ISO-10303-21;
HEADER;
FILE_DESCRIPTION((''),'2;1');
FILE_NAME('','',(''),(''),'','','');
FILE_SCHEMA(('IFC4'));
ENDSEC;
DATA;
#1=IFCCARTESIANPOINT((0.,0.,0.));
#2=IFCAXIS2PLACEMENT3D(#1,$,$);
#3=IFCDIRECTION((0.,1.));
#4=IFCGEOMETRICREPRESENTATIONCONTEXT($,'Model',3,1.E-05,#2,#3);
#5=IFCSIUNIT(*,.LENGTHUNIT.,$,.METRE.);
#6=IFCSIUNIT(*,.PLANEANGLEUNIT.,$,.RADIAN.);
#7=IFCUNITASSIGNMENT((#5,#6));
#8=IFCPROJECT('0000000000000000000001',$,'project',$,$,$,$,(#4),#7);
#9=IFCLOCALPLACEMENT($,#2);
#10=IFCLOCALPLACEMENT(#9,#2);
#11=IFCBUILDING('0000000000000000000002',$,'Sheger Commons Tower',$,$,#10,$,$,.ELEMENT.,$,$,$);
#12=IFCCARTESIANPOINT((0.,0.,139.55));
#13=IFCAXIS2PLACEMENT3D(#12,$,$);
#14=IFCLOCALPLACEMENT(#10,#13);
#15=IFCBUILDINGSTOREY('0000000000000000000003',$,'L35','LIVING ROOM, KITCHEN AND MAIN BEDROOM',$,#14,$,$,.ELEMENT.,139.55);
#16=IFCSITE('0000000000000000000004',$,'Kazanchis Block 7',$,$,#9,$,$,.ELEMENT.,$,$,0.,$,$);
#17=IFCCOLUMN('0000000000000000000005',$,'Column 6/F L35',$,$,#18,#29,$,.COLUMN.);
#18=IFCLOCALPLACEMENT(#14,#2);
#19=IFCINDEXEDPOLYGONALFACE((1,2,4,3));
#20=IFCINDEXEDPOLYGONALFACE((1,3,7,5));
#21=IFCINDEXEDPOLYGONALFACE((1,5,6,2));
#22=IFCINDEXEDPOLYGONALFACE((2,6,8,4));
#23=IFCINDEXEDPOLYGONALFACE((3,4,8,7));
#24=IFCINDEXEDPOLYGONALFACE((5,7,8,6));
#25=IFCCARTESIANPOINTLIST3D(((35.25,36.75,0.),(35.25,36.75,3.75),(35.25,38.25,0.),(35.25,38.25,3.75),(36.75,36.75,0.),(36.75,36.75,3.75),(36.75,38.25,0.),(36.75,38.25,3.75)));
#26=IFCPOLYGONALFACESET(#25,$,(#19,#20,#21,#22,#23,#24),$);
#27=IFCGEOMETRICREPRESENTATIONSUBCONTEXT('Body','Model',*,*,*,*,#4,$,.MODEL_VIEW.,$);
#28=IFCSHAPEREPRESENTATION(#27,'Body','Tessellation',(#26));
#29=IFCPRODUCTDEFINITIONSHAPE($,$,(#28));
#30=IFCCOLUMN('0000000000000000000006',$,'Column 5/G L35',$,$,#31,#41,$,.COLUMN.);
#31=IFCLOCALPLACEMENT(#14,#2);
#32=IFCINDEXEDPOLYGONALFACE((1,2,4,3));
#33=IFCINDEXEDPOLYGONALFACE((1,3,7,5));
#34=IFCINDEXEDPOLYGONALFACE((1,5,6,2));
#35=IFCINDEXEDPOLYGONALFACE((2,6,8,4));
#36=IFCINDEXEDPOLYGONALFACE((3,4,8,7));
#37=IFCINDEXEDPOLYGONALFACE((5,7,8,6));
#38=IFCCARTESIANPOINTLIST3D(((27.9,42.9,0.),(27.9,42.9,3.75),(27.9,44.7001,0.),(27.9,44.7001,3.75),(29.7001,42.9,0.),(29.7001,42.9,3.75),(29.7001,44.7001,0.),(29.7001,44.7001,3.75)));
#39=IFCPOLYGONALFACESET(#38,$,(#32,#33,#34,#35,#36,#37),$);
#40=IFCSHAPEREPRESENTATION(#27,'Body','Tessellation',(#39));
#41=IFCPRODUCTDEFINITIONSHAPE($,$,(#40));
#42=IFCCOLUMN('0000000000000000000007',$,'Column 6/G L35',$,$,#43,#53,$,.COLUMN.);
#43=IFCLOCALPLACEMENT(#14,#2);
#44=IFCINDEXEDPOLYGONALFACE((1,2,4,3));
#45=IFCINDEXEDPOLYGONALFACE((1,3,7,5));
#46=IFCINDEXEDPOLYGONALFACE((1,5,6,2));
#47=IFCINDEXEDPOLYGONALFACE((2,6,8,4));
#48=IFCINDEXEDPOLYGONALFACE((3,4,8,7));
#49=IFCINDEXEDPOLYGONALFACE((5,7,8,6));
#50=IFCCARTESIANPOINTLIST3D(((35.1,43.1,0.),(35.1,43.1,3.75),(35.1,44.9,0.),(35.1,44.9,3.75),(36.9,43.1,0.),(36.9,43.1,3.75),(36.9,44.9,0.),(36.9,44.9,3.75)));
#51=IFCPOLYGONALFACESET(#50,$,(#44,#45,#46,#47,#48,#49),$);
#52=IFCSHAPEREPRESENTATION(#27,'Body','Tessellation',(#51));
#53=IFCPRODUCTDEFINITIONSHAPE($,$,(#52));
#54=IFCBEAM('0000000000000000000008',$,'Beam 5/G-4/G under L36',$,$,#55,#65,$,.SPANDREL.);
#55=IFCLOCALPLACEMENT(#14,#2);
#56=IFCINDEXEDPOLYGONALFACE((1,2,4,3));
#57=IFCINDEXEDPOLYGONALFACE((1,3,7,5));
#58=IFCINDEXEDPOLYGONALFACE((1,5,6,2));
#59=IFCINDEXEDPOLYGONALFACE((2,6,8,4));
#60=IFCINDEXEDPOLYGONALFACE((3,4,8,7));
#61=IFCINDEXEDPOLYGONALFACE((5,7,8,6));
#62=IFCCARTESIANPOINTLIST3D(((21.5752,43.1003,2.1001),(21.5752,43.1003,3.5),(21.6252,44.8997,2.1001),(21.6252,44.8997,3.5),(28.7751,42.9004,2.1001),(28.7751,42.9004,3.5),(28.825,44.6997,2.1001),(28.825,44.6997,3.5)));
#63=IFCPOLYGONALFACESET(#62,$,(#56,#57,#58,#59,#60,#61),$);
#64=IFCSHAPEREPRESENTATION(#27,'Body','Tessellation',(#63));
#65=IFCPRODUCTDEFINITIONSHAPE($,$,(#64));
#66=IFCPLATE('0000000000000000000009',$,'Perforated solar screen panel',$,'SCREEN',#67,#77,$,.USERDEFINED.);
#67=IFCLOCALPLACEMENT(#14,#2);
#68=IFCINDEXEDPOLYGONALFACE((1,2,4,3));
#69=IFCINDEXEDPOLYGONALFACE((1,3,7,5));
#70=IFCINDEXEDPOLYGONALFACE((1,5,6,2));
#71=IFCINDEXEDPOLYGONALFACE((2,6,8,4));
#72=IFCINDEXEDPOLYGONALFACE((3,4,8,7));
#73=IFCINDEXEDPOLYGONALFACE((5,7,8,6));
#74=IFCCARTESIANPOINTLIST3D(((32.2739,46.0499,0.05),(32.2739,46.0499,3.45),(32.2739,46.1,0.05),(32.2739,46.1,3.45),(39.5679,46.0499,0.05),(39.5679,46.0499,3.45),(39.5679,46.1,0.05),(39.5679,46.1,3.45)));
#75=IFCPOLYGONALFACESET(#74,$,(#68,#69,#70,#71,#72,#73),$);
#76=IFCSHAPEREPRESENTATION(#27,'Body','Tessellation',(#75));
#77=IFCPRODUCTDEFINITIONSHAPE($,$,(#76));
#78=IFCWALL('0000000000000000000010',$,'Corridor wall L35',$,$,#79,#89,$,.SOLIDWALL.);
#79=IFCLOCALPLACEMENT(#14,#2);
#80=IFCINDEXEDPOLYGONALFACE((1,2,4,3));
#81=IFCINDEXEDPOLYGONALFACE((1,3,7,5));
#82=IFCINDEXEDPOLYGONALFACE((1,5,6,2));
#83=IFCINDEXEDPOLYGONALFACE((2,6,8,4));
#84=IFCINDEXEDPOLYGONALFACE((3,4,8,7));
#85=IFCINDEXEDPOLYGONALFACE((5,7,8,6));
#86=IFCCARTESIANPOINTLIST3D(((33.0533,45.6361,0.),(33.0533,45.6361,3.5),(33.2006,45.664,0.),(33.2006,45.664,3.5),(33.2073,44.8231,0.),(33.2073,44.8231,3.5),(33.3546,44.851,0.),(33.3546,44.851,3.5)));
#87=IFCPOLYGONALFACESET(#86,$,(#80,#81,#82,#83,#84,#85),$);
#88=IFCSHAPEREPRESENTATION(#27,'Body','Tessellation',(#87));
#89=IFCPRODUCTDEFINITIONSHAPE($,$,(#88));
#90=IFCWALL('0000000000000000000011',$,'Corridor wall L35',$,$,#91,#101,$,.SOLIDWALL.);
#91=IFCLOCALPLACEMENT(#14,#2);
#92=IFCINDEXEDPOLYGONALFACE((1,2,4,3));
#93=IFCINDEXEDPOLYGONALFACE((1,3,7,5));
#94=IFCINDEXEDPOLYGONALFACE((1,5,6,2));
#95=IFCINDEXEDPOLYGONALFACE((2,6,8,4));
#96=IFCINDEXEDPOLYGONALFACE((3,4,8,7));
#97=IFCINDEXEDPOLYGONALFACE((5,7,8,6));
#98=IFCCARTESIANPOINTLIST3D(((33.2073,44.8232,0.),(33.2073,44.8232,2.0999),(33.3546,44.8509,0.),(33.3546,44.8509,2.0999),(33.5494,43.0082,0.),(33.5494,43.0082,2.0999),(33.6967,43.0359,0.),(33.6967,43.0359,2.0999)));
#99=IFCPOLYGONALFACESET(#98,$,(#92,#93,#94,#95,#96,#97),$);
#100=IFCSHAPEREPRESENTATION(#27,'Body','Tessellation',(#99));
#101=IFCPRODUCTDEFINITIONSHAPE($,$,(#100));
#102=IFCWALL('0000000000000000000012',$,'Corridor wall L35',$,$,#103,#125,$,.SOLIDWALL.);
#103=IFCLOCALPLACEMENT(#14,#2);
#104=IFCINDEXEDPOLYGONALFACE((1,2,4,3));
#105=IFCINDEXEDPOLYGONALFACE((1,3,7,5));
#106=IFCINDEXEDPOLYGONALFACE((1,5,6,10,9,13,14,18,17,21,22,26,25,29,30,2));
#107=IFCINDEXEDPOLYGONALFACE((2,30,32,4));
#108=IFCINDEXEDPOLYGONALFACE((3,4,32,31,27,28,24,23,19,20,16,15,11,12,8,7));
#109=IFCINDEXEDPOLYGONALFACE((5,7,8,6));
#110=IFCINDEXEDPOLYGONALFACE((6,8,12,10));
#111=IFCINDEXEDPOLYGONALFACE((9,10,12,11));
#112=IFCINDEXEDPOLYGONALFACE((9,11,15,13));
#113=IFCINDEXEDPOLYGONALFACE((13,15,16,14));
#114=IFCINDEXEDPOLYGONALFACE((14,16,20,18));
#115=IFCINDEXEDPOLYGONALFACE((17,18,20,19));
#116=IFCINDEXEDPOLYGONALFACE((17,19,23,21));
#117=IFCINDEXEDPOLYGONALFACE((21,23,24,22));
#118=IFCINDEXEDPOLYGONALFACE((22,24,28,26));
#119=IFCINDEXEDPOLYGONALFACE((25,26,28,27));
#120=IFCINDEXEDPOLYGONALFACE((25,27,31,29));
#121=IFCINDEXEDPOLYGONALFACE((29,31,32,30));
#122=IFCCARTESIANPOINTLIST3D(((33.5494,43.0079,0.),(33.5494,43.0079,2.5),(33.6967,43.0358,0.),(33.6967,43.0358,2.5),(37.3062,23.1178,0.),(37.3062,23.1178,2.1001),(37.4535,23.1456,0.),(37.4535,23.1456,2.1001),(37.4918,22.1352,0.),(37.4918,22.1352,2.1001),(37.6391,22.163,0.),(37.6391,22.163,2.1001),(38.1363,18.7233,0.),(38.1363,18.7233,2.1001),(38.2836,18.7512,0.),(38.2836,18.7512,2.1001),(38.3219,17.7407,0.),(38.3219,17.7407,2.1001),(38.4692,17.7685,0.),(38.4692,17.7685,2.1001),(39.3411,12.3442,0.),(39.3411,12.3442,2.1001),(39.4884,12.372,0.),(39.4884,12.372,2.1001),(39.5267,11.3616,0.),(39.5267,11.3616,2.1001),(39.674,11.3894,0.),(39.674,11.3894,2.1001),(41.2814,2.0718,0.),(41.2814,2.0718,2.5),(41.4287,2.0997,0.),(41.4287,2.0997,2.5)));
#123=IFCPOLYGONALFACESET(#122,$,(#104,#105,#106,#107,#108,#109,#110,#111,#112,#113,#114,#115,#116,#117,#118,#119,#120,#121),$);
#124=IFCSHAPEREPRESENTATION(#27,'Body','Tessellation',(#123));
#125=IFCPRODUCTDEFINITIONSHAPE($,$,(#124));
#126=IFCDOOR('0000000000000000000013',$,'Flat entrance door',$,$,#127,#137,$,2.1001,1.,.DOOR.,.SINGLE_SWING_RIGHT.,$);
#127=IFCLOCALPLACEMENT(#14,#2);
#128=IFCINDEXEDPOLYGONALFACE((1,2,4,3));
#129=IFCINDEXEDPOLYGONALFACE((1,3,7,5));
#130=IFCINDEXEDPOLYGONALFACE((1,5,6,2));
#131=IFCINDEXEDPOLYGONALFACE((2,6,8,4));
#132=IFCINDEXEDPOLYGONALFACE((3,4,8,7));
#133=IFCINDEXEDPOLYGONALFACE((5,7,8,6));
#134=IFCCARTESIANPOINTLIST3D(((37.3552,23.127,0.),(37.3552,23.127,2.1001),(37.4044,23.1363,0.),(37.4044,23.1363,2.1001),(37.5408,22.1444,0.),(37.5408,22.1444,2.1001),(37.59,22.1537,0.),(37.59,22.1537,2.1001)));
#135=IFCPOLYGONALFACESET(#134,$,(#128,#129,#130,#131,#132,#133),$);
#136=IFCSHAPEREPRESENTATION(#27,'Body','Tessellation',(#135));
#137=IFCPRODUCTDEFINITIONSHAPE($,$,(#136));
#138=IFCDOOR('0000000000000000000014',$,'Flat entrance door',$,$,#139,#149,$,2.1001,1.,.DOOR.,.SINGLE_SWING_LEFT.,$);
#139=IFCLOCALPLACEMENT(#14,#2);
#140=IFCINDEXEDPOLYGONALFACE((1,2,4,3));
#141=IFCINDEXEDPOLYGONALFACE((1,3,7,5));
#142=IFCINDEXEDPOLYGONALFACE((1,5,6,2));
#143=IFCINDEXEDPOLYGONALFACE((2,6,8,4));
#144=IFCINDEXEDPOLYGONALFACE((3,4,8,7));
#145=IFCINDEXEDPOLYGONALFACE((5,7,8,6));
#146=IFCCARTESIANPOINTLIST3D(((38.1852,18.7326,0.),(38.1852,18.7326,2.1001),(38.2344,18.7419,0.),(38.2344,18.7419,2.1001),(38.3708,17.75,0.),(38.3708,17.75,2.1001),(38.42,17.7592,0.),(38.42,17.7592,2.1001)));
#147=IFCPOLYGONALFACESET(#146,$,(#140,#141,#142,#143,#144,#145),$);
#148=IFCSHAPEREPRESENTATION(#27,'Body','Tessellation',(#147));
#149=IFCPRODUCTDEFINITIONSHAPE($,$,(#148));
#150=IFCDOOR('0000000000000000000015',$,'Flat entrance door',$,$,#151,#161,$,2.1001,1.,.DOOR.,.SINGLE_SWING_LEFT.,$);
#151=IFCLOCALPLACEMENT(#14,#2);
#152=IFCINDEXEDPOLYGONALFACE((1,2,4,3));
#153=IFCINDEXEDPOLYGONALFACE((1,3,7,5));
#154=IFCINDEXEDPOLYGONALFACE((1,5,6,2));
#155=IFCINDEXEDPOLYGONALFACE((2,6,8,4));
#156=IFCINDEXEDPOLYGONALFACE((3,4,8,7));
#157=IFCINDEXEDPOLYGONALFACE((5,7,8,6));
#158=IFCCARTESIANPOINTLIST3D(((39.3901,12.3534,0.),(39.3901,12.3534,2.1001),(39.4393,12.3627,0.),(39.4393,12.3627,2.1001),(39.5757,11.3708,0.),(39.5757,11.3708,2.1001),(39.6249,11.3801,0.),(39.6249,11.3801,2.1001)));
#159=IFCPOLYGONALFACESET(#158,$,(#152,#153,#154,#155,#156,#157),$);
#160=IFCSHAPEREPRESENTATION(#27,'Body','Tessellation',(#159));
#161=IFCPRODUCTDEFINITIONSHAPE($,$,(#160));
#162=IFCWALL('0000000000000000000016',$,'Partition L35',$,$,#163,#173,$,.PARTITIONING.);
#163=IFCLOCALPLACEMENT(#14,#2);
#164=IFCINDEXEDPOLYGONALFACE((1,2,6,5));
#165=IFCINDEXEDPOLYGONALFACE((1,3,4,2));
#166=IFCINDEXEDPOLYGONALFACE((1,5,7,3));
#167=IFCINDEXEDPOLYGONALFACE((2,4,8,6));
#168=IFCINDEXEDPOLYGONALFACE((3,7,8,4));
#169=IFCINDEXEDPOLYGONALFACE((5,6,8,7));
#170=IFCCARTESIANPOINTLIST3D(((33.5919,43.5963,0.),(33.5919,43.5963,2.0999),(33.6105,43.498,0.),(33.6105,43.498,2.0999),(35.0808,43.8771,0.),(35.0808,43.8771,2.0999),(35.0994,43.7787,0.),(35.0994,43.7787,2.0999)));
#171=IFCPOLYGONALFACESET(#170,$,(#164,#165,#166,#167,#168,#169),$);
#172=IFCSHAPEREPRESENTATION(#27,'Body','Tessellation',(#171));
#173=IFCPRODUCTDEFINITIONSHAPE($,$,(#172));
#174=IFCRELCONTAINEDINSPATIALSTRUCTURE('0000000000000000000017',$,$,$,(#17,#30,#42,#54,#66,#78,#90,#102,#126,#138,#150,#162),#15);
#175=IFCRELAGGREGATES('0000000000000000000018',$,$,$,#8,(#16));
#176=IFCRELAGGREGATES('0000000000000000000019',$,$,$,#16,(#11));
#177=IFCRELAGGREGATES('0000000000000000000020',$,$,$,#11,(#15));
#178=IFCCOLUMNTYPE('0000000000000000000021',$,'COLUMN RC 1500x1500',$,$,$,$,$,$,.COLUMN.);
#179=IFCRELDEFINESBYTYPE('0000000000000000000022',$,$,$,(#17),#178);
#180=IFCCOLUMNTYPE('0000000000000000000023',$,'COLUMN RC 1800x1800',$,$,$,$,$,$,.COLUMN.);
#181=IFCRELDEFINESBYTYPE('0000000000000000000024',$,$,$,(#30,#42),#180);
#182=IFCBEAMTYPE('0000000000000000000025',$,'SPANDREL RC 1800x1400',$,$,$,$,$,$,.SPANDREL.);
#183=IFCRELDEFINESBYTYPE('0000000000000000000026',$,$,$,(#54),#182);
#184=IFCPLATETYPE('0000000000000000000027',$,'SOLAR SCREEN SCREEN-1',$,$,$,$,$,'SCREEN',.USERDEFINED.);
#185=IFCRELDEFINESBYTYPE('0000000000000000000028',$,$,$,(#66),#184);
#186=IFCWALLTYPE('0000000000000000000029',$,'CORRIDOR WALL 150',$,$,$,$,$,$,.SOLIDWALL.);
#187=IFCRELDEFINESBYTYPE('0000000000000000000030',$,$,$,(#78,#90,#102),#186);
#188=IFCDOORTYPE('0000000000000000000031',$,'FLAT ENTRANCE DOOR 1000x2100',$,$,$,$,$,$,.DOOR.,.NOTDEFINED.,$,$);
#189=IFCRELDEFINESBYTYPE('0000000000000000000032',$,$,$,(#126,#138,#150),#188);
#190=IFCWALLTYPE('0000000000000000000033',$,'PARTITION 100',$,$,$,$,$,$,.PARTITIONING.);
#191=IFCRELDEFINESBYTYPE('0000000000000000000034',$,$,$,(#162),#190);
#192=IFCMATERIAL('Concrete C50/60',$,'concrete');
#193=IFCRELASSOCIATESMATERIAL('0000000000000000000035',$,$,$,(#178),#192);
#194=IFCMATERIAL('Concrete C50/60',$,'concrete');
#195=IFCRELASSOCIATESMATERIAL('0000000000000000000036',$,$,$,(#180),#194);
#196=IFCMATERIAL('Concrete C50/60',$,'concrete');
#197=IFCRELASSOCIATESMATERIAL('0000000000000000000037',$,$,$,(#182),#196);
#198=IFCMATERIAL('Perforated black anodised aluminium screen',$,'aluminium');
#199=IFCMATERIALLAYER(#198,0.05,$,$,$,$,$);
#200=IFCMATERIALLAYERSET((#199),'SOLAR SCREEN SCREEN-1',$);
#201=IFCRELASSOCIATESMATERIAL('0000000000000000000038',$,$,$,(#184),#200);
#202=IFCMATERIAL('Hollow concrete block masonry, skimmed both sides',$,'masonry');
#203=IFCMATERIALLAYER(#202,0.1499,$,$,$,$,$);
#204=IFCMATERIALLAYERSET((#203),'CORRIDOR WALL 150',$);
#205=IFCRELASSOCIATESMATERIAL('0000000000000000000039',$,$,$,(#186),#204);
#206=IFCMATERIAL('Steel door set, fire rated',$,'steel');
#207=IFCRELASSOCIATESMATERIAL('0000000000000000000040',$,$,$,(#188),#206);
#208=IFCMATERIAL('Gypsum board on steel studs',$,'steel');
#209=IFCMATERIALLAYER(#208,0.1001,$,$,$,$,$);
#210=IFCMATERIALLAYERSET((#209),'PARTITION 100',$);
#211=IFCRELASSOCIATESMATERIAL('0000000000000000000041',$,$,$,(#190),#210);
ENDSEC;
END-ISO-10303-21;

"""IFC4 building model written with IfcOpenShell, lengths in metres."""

from ifc_helpers import new_model, si_unit, direction, frame, frame_2d, origin, origin_2d, place, context, subcontext, project, spatial, rectangle, extrude, material, layer, layer_set, material_profile, profile_set, type_object, element, fill, save


model = new_model("IFC4")

# Units and contexts
model_context = context("Model", 3, precision=1e-05, world=origin(), true_north=direction((0.0, 1.0)))
body_context = subcontext(model_context, "Body", "Model", "MODEL_VIEW")
ifc_project = project(units=[si_unit("LENGTHUNIT", "METRE"), si_unit("PLANEANGLEUNIT", "RADIAN")], contexts=[model_context])

# Site, building, storey
site_placement = place(None, origin())
site = spatial("IfcSite", under=ifc_project, at=site_placement, Name="Kazanchis Block 7", CompositionType="ELEMENT", RefElevation=0.0)
building_placement = place(site_placement, origin())
building = spatial("IfcBuilding", under=site, at=building_placement, Name="Sheger Commons Tower", CompositionType="ELEMENT")
storey_placement = place(building_placement, frame((0.0, 0.0, 139.55)))
storey = spatial("IfcBuildingStorey", under=building, at=storey_placement, Name="L35", Description="LIVING ROOM, KITCHEN AND MAIN BEDROOM", CompositionType="ELEMENT", Elevation=139.55)

# Columns
ifc_material_1 = material(Name="Concrete C50/60", Category="concrete")
ifc_material_profile_1 = material_profile(ifc_material_1, rectangle(XDim=1.5, YDim=1.5, at=origin_2d()), Name="RC 1500x1500")
ifc_profile_set_1 = profile_set([ifc_material_profile_1], Name="Concrete C50/60")
column_type_1 = type_object("IfcColumnType", Name="COLUMN RC 1500x1500", PredefinedType="COLUMN", material=ifc_profile_set_1)
column_placement = place(storey_placement, frame((36.0, 37.5, 0.0), z_axis=(0.0, 0.0, 1.0), x_axis=(1.0, 0.0, 0.0)))
element("IfcColumn", 1, at=column_placement, inside=storey, type_object=column_type_1, Name="Column 6/F L35", PredefinedType="COLUMN", context=body_context, shape_type="SweptSolid", body=[
    extrude(rectangle(XDim=1.5, YDim=1.5, at=origin_2d()), origin(), (0.0, 0.0, 1.0), 3.75),
])
ifc_material_2 = material(Name="Concrete C50/60", Category="concrete")
ifc_material_profile_2 = material_profile(ifc_material_2, rectangle(XDim=1.8, YDim=1.8, at=origin_2d()), Name="RC 1800x1800")
ifc_profile_set_2 = profile_set([ifc_material_profile_2], Name="Concrete C50/60")
column_type_2 = type_object("IfcColumnType", Name="COLUMN RC 1800x1800", PredefinedType="COLUMN", material=ifc_profile_set_2)
for number, where, z_axis, x_axis, name in (
    (2, (28.8, 43.8, 0.0), (0.0, 0.0, 1.0), (1.0, 0.0, 0.0), "Column 5/G L35"),
    (3, (36.0, 44.0, 0.0), (0.0, 0.0, 1.0), (1.0, 0.0, 0.0), "Column 6/G L35"),
):
    element("IfcColumn", number, at=place(storey_placement, frame(where, z_axis=z_axis, x_axis=x_axis)), inside=storey, type_object=column_type_2, Name=name, PredefinedType="COLUMN", context=body_context, shape_type="SweptSolid", body=[
        extrude(rectangle(XDim=1.8, YDim=1.8, at=origin_2d()), origin(), (0.0, 0.0, 1.0), 3.75),
    ])

# Beam
ifc_material_3 = material(Name="Concrete C50/60", Category="concrete")
ifc_material_profile_3 = material_profile(ifc_material_3, rectangle(XDim=1.8, YDim=1.3999, at=origin_2d()), Name="RC 1800x1400")
ifc_profile_set_3 = profile_set([ifc_material_profile_3], Name="Concrete C50/60")
beam_type = type_object("IfcBeamType", Name="SPANDREL RC 1800x1400", PredefinedType="SPANDREL", material=ifc_profile_set_3)
beam_placement = place(storey_placement, frame((28.8, 43.8, 2.8), z_axis=(-0.999615, 0.02776, 0.0), x_axis=(-0.02776, -0.999615, 0.0)))
element("IfcBeam", 4, at=beam_placement, inside=storey, type_object=beam_type, Name="Beam 5/G-4/G under L36", PredefinedType="SPANDREL", context=body_context, shape_type="SweptSolid", body=[
    extrude(rectangle(XDim=1.8, YDim=1.3999, at=origin_2d()), origin(), (0.0, 0.0, 1.0), 7.2026),
])

# Plate
ifc_material_4 = material(Name="Perforated black anodised aluminium screen", Category="aluminium")
ifc_layer_1 = layer(ifc_material_4, 0.05)
ifc_layer_set_1 = layer_set([ifc_layer_1], Name="SOLAR SCREEN SCREEN-1")
plate_type = type_object("IfcPlateType", Name="SOLAR SCREEN SCREEN-1", ElementType="SCREEN", PredefinedType="USERDEFINED", material=ifc_layer_set_1)
plate_placement = place(storey_placement, frame((35.9209, 46.075, 0.05), z_axis=(0.0, 0.0, 1.0), x_axis=(-1.0, 0.0, 0.0)))
element("IfcPlate", 5, at=plate_placement, inside=storey, type_object=plate_type, Name="Perforated solar screen panel", ObjectType="SCREEN", PredefinedType="USERDEFINED", context=body_context, shape_type="SweptSolid", body=[
    extrude(rectangle(XDim=7.2939, YDim=0.05, at=origin_2d()), origin(), (0.0, 0.0, 1.0), 3.3999),
])

# Walls
ifc_material_5 = material(Name="Hollow concrete block masonry, skimmed both sides", Category="masonry")
ifc_layer_2 = layer(ifc_material_5, 0.1499)
ifc_layer_set_2 = layer_set([ifc_layer_2], Name="CORRIDOR WALL 150")
wall_type_1 = type_object("IfcWallType", Name="CORRIDOR WALL 150", PredefinedType="SOLIDWALL", material=ifc_layer_set_2)
wall_1_placement = place(storey_placement, frame((33.127, 45.6499, 0.0), z_axis=(0.0, 0.0, 1.0), x_axis=(0.186177, -0.982516, 0.0)))
element("IfcWall", 6, at=wall_1_placement, inside=storey, type_object=wall_type_1, Name="Corridor wall L35", PredefinedType="SOLIDWALL", context=body_context, shape_type="SweptSolid", body=[
    extrude(rectangle(XDim=0.8274, YDim=0.1499, at=frame_2d((0.4136, 0.0))), origin(), (0.0, 0.0, 1.0), 3.5),
])
wall_2_placement = place(storey_placement, frame((33.281, 44.8369, 0.0), z_axis=(0.0, 0.0, 1.0), x_axis=(0.185198, -0.982701, 0.0)))
element("IfcWall", 7, at=wall_2_placement, inside=storey, type_object=wall_type_1, Name="Corridor wall L35", PredefinedType="SOLIDWALL", context=body_context, shape_type="SweptSolid", body=[
    extrude(rectangle(XDim=1.8469, YDim=0.1499, at=frame_2d((0.9233, 0.0))), origin(), (0.0, 0.0, 1.0), 2.0999),
])

# Wall, openings, doors
wall_3_placement = place(storey_placement, frame((33.623, 43.022, 0.0), z_axis=(0.0, 0.0, 1.0), x_axis=(0.185597, -0.982626, 0.0)))
wall_3 = element("IfcWall", 8, at=wall_3_placement, inside=storey, type_object=wall_type_1, Name="Corridor wall L35", PredefinedType="SOLIDWALL", context=body_context, shape_type="SweptSolid", body=[
    extrude(rectangle(XDim=41.6599, YDim=0.1499, at=frame_2d((20.8301, 0.0))), origin(), (0.0, 0.0, 1.0), 2.5),
])
opening_1_placement = place(wall_3_placement, frame((20.2419, 0.0, 0.0)))
opening_1 = element("IfcOpeningElement", 9, at=opening_1_placement, cuts=wall_3, PredefinedType="OPENING", context=body_context, shape_type="SweptSolid", body=[
    extrude(rectangle(XDim=1.0, YDim=2.1001, at=frame_2d((0.5, 1.05))), frame((0.0, 0.085, 0.0), z_axis=(0.0, -1.0, 0.0), x_axis=(1.0, 0.0, 0.0)), (0.0, 0.0, 1.0), 0.1699),
])
opening_2_placement = place(wall_3_placement, frame((24.7141, 0.0, 0.0)))
opening_2 = element("IfcOpeningElement", 10, at=opening_2_placement, cuts=wall_3, PredefinedType="OPENING", context=body_context, shape_type="SweptSolid", body=[
    extrude(rectangle(XDim=1.0, YDim=2.1001, at=frame_2d((0.5, 1.05))), frame((0.0, 0.085, 0.0), z_axis=(0.0, -1.0, 0.0), x_axis=(1.0, 0.0, 0.0)), (0.0, 0.0, 1.0), 0.1699),
])
opening_3_placement = place(wall_3_placement, frame((31.2061, 0.0, 0.0)))
opening_3 = element("IfcOpeningElement", 11, at=opening_3_placement, cuts=wall_3, PredefinedType="OPENING", context=body_context, shape_type="SweptSolid", body=[
    extrude(rectangle(XDim=1.0, YDim=2.1001, at=frame_2d((0.5, 1.05))), frame((0.0, 0.085, 0.0), z_axis=(0.0, -1.0, 0.0), x_axis=(1.0, 0.0, 0.0)), (0.0, 0.0, 1.0), 0.1699),
])
ifc_material_6 = material(Name="Steel door set, fire rated", Category="steel")
door_type = type_object("IfcDoorType", Name="FLAT ENTRANCE DOOR 1000x2100", OperationType="NOTDEFINED", PredefinedType="DOOR", material=ifc_material_6)
door_1_placement = place(opening_1_placement, origin())
door_1 = element("IfcDoor", 12, at=door_1_placement, inside=storey, type_object=door_type, Name="Flat entrance door", OperationType="SINGLE_SWING_RIGHT", OverallHeight=2.1001, OverallWidth=1.0, PredefinedType="DOOR", context=body_context, shape_type="SweptSolid", body=[
    extrude(rectangle(XDim=1.0, YDim=2.1001, at=frame_2d((0.5, 1.05))), frame((0.0, 0.0249, 0.0), z_axis=(0.0, -1.0, 0.0), x_axis=(1.0, 0.0, 0.0)), (0.0, 0.0, 1.0), 0.05),
])
fill(opening_1, door_1)
door_2_placement = place(opening_2_placement, origin())
door_2 = element("IfcDoor", 13, at=door_2_placement, inside=storey, type_object=door_type, Name="Flat entrance door", OperationType="SINGLE_SWING_LEFT", OverallHeight=2.1001, OverallWidth=1.0, PredefinedType="DOOR", context=body_context, shape_type="SweptSolid", body=[
    extrude(rectangle(XDim=1.0, YDim=2.1001, at=frame_2d((0.5, 1.05))), frame((0.0, 0.0249, 0.0), z_axis=(0.0, -1.0, 0.0), x_axis=(1.0, 0.0, 0.0)), (0.0, 0.0, 1.0), 0.05),
])
fill(opening_2, door_2)
door_3_placement = place(opening_3_placement, origin())
door_3 = element("IfcDoor", 14, at=door_3_placement, inside=storey, type_object=door_type, Name="Flat entrance door", OperationType="SINGLE_SWING_LEFT", OverallHeight=2.1001, OverallWidth=1.0, PredefinedType="DOOR", context=body_context, shape_type="SweptSolid", body=[
    extrude(rectangle(XDim=1.0, YDim=2.1001, at=frame_2d((0.5, 1.05))), frame((0.0, 0.0249, 0.0), z_axis=(0.0, -1.0, 0.0), x_axis=(1.0, 0.0, 0.0)), (0.0, 0.0, 1.0), 0.05),
])
fill(opening_3, door_3)

# Wall
ifc_material_7 = material(Name="Gypsum board on steel studs", Category="steel")
ifc_layer_3 = layer(ifc_material_7, 0.1001)
ifc_layer_set_3 = layer_set([ifc_layer_3], Name="PARTITION 100")
wall_type_2 = type_object("IfcWallType", Name="PARTITION 100", PredefinedType="PARTITIONING", material=ifc_layer_set_3)
wall_4_placement = place(storey_placement, frame((35.0901, 43.8279, 0.0), z_axis=(0.0, 0.0, 1.0), x_axis=(-0.982684, -0.18529, 0.0)))
element("IfcWall", 15, at=wall_4_placement, inside=storey, type_object=wall_type_2, Name="Partition L35", PredefinedType="PARTITIONING", context=body_context, shape_type="SweptSolid", body=[
    extrude(rectangle(XDim=1.5151, YDim=0.1001, at=frame_2d((0.7576, 0.0))), origin(), (0.0, 0.0, 1.0), 2.0999),
])

save(model, "model.ifc")
